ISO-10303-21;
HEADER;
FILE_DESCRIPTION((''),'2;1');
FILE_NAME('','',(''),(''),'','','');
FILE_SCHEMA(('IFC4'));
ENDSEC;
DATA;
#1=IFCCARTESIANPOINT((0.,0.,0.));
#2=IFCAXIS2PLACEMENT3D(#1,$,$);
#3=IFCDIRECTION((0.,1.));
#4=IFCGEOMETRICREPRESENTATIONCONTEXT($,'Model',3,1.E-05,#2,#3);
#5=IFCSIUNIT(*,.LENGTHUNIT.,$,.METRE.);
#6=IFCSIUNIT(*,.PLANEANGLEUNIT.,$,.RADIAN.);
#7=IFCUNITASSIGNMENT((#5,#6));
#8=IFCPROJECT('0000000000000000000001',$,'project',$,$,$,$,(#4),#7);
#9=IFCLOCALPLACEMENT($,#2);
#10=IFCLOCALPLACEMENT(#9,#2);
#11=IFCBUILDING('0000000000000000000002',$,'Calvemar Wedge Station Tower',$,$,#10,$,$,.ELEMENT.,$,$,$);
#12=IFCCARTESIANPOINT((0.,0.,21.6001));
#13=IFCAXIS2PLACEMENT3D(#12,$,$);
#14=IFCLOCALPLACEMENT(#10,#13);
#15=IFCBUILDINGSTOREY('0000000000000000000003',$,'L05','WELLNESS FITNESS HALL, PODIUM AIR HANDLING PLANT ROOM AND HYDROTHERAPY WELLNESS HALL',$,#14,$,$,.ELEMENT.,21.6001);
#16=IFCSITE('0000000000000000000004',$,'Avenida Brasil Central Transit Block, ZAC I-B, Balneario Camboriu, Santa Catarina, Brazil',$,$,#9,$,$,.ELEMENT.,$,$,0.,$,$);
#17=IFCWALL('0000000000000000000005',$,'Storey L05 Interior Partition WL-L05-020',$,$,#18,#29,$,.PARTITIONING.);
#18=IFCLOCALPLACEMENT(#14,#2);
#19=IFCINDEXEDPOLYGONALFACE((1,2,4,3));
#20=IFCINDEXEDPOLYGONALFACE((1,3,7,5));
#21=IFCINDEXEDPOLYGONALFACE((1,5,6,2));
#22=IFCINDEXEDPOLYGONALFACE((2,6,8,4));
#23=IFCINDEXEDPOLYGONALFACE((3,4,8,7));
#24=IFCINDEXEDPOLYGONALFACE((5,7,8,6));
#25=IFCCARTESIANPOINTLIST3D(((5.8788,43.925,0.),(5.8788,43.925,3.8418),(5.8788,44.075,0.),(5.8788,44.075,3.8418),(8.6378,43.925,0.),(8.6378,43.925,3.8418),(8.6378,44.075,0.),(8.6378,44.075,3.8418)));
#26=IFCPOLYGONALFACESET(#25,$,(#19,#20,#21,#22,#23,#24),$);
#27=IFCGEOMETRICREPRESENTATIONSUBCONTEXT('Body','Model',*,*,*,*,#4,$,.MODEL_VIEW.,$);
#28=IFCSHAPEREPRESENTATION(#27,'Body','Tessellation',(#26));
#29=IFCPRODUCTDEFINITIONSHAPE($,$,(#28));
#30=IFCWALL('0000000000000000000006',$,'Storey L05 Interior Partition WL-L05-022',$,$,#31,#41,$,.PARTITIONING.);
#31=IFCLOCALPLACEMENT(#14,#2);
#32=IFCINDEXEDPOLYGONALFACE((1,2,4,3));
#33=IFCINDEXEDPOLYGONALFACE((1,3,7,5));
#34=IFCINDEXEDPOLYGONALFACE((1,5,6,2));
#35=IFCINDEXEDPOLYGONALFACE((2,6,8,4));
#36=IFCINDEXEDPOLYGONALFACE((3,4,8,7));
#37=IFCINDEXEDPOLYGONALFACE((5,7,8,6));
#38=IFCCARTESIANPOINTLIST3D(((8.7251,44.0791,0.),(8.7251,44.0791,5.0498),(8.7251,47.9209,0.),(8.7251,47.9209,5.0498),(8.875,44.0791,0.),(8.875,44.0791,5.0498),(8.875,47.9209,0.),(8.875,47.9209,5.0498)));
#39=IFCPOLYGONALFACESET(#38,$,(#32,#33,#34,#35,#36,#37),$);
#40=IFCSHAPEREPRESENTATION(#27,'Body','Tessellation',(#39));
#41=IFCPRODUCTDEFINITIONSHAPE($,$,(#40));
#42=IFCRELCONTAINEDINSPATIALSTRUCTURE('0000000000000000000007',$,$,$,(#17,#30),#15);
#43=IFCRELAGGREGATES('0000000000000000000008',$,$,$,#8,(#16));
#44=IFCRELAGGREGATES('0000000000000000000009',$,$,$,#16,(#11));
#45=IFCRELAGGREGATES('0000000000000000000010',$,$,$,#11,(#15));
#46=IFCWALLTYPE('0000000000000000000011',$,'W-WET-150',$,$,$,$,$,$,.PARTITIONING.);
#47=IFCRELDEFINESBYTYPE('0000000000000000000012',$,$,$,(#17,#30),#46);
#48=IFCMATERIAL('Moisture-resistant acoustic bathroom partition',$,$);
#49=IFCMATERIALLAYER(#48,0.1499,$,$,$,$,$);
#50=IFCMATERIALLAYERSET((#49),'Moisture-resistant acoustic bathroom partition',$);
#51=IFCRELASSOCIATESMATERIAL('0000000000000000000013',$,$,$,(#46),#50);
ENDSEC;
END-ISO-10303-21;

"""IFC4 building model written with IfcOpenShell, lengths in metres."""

from ifc_helpers import new_model, si_unit, direction, frame, frame_2d, origin, place, context, subcontext, project, spatial, rectangle, extrude, material, layer, layer_set, type_object, element, save


model = new_model("IFC4")

# Units and contexts
model_context = context("Model", 3, precision=1e-05, world=origin(), true_north=direction((0.0, 1.0)))
body_context = subcontext(model_context, "Body", "Model", "MODEL_VIEW")
ifc_project = project(units=[si_unit("LENGTHUNIT", "METRE"), si_unit("PLANEANGLEUNIT", "RADIAN")], contexts=[model_context])

# Site, building, storey
site_placement = place(None, origin())
site = spatial("IfcSite", under=ifc_project, at=site_placement, Name="Avenida Brasil Central Transit Block, ZAC I-B, Balneario Camboriu, Santa Catarina, Brazil", CompositionType="ELEMENT", RefElevation=0.0)
building_placement = place(site_placement, origin())
building = spatial("IfcBuilding", under=site, at=building_placement, Name="Calvemar Wedge Station Tower", CompositionType="ELEMENT")
storey_placement = place(building_placement, frame((0.0, 0.0, 21.6001)))
storey = spatial("IfcBuildingStorey", under=building, at=storey_placement, Name="L05", Description="WELLNESS FITNESS HALL, PODIUM AIR HANDLING PLANT ROOM AND HYDROTHERAPY WELLNESS HALL", CompositionType="ELEMENT", Elevation=21.6001)

# Walls
ifc_material_1 = material(Name="Moisture-resistant acoustic bathroom partition")
ifc_layer_1 = layer(ifc_material_1, 0.1499)
ifc_layer_set_1 = layer_set([ifc_layer_1], Name="Moisture-resistant acoustic bathroom partition")
wall_type_1 = type_object("IfcWallType", Name="W-WET-150", PredefinedType="PARTITIONING", material=ifc_layer_set_1)
wall_1_placement = place(storey_placement, frame((5.8789, 44.0, 0.0), z_axis=(0.0, 0.0, 1.0), x_axis=(1.0, 0.0, 0.0)))
element("IfcWall", 1, at=wall_1_placement, inside=storey, type_object=wall_type_1, Name="Storey L05 Interior Partition WL-L05-020", PredefinedType="PARTITIONING", context=body_context, shape_type="SweptSolid", body=[
    extrude(rectangle(XDim=2.759, YDim=0.1499, at=frame_2d((1.3794, 0.0))), origin(), (0.0, 0.0, 1.0), 3.8418),
])
wall_2_placement = place(storey_placement, frame((8.8, 44.0791, 0.0), z_axis=(0.0, 0.0, 1.0), x_axis=(0.0, 1.0, 0.0)))
element("IfcWall", 2, at=wall_2_placement, inside=storey, type_object=wall_type_1, Name="Storey L05 Interior Partition WL-L05-022", PredefinedType="PARTITIONING", context=body_context, shape_type="SweptSolid", body=[
    extrude(rectangle(XDim=3.8418, YDim=0.1499, at=frame_2d((1.9209, 0.0))), origin(), (0.0, 0.0, 1.0), 5.0498),
])

save(model, "model.ifc")
